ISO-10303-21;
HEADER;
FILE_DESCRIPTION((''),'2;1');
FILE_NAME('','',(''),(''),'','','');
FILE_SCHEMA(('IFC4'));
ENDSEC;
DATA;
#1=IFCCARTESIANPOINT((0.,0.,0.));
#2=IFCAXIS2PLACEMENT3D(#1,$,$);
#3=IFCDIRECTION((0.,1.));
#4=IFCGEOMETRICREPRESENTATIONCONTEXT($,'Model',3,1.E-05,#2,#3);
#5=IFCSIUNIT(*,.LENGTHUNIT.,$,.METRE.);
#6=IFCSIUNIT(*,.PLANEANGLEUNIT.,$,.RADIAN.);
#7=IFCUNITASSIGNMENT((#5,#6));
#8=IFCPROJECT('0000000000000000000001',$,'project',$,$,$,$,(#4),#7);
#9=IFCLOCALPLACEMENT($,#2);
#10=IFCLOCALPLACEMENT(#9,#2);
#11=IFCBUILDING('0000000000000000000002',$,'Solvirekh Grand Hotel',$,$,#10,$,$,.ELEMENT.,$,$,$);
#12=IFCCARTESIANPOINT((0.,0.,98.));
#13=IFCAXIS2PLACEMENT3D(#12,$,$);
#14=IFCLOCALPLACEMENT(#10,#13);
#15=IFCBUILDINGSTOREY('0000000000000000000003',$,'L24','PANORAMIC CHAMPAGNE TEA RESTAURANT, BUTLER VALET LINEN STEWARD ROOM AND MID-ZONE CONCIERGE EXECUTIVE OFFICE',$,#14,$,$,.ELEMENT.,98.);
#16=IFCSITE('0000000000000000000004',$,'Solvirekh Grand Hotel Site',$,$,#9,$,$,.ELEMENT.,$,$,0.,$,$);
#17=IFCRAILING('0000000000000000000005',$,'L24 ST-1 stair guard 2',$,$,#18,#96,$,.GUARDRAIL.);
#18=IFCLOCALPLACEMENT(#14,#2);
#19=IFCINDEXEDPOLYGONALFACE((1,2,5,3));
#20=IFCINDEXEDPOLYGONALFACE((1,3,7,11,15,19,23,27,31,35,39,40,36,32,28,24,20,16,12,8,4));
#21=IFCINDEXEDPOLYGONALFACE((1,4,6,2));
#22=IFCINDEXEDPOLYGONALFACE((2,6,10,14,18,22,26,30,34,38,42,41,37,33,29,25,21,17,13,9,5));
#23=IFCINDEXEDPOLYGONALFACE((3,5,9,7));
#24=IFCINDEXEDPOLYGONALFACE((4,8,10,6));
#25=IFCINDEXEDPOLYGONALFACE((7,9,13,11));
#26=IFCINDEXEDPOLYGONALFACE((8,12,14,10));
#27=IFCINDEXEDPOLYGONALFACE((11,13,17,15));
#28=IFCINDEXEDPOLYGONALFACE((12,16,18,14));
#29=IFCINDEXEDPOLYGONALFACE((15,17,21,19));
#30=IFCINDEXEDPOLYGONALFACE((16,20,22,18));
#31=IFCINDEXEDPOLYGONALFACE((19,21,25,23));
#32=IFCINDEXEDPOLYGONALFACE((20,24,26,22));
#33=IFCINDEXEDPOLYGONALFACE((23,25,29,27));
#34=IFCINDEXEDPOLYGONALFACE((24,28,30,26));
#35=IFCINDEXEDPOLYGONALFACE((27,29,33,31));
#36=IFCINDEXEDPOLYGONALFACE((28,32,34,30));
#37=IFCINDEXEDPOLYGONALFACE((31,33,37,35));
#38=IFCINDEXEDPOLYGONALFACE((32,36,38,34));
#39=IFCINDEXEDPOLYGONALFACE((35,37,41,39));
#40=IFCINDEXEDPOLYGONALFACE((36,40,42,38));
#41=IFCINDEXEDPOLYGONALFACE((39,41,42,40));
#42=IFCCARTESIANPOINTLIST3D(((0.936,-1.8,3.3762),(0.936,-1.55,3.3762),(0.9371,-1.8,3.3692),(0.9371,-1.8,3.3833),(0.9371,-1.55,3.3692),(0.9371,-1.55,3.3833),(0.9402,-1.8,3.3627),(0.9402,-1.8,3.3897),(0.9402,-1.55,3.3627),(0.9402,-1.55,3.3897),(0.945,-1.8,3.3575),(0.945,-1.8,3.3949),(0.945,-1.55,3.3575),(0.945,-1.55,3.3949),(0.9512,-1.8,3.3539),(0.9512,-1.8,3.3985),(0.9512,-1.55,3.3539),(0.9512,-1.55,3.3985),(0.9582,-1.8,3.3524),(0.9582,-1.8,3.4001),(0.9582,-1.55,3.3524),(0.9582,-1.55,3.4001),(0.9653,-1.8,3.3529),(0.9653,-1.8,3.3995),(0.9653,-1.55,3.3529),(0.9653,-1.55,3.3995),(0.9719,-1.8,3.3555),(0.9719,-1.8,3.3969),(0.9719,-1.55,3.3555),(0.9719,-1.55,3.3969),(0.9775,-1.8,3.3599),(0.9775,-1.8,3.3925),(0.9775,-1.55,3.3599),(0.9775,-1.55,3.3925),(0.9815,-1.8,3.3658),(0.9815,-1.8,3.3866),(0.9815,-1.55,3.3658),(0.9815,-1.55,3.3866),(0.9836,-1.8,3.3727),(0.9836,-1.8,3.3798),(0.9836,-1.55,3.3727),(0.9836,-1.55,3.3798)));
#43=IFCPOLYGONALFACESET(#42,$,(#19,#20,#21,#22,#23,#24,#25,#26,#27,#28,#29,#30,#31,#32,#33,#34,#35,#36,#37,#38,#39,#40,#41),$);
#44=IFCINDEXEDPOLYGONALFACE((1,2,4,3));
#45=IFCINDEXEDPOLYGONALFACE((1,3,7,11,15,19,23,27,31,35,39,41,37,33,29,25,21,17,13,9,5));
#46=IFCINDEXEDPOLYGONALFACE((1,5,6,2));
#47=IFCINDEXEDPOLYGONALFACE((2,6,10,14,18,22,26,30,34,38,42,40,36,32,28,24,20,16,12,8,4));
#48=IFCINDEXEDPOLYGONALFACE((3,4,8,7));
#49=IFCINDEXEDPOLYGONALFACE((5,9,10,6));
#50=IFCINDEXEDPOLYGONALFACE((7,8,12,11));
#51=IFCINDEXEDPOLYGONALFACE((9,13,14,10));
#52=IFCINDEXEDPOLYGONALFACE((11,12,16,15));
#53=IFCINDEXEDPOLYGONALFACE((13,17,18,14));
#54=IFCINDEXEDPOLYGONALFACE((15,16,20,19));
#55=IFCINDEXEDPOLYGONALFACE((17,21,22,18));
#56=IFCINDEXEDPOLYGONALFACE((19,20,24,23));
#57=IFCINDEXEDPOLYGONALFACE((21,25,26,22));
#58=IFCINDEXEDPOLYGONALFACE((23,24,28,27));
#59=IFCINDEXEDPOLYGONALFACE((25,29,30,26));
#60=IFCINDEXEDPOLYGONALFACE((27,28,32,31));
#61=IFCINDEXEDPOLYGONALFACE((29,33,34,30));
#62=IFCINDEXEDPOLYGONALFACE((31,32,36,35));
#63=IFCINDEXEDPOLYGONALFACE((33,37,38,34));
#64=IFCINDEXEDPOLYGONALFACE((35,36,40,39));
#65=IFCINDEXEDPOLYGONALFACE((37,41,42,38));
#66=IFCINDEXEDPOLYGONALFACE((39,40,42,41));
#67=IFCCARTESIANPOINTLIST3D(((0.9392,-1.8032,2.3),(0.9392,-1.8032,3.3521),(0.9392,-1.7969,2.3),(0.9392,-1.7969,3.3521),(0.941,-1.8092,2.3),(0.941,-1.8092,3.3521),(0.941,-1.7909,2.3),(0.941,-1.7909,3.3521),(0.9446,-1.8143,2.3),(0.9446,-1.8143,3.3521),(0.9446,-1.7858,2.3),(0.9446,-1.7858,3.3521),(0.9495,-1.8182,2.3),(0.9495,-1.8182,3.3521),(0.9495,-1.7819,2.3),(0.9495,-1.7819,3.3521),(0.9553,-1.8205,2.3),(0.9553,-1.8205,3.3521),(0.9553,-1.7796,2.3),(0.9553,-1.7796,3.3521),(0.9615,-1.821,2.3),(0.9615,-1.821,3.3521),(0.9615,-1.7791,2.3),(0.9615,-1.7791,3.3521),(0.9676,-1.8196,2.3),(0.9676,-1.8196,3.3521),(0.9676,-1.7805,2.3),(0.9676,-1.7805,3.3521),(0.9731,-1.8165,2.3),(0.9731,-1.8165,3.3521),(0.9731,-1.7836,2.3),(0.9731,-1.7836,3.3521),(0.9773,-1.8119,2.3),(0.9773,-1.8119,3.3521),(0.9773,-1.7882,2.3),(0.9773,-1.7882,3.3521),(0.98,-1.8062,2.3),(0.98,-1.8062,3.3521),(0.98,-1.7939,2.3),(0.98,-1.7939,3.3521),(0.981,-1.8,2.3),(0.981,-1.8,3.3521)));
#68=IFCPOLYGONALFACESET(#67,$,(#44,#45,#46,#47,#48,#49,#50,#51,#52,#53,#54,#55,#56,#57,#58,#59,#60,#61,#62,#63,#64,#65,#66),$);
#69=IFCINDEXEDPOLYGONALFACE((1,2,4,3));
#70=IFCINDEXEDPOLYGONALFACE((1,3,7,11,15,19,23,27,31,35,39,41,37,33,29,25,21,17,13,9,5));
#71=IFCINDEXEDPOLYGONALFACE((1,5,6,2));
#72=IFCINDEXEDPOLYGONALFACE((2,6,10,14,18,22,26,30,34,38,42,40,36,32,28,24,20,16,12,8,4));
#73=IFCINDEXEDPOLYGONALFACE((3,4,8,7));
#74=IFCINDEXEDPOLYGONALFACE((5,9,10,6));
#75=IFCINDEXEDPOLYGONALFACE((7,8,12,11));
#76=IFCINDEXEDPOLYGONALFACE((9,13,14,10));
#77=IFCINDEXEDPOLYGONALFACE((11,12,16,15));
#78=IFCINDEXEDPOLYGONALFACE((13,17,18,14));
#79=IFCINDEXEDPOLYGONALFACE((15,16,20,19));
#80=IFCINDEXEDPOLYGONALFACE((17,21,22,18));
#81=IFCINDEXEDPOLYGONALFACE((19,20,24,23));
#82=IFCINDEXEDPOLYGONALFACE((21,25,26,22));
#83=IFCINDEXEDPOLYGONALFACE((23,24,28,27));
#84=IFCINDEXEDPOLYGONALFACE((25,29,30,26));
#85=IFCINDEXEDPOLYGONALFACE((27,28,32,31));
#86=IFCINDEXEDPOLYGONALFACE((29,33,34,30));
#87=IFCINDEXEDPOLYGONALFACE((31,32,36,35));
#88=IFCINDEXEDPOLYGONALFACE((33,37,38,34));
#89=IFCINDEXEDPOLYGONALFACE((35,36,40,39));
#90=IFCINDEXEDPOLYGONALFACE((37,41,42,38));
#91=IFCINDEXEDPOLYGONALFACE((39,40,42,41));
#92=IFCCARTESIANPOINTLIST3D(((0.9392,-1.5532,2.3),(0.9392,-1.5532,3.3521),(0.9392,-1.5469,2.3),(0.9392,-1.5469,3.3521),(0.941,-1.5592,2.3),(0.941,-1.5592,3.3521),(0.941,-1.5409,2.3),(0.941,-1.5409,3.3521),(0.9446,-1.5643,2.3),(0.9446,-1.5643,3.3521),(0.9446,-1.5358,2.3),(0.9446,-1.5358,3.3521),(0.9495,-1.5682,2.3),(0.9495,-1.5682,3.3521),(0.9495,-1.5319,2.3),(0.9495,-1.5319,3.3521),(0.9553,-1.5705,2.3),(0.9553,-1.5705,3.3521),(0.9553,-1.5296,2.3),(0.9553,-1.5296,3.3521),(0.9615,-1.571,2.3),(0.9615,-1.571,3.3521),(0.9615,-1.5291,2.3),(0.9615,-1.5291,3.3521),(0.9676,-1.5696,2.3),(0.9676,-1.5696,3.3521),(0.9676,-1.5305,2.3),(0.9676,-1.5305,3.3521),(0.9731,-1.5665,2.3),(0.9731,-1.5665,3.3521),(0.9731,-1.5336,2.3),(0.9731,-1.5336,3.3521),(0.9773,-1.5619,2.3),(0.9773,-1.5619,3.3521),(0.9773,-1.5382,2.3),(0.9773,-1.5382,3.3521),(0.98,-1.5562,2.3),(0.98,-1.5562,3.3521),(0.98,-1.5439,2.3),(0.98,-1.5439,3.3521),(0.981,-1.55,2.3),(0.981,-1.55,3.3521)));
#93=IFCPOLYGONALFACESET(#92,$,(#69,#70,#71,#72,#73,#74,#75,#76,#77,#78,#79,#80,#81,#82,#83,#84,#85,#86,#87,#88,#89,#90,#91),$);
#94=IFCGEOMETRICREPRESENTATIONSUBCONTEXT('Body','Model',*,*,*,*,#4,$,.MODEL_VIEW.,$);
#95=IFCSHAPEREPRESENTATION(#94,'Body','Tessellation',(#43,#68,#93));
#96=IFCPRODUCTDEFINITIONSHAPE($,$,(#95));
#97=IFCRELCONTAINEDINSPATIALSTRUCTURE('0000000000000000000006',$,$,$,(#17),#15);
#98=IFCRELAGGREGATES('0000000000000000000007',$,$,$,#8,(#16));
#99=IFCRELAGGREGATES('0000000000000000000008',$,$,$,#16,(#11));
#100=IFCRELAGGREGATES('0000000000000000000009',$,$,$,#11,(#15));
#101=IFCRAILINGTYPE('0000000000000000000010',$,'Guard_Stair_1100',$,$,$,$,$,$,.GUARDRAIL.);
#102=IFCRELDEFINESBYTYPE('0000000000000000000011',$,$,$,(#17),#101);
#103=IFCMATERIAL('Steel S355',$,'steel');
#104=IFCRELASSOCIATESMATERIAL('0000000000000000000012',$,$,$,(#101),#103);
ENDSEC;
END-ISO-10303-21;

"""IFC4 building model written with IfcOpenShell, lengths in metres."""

from ifc_helpers import new_model, si_unit, direction, frame, origin, origin_2d, place, context, subcontext, project, spatial, circle, extrude, material, type_object, element, save


model = new_model("IFC4")

# Units and contexts
model_context = context("Model", 3, precision=1e-05, world=origin(), true_north=direction((0.0, 1.0)))
body_context = subcontext(model_context, "Body", "Model", "MODEL_VIEW")
ifc_project = project(units=[si_unit("LENGTHUNIT", "METRE"), si_unit("PLANEANGLEUNIT", "RADIAN")], contexts=[model_context])

# Site, building, storey
site_placement = place(None, origin())
site = spatial("IfcSite", under=ifc_project, at=site_placement, Name="Solvirekh Grand Hotel Site", CompositionType="ELEMENT", RefElevation=0.0)
building_placement = place(site_placement, origin())
building = spatial("IfcBuilding", under=site, at=building_placement, Name="Solvirekh Grand Hotel", CompositionType="ELEMENT")
storey_placement = place(building_placement, frame((0.0, 0.0, 98.0)))
storey = spatial("IfcBuildingStorey", under=building, at=storey_placement, Name="L24", Description="PANORAMIC CHAMPAGNE TEA RESTAURANT, BUTLER VALET LINEN STEWARD ROOM AND MID-ZONE CONCIERGE EXECUTIVE OFFICE", CompositionType="ELEMENT", Elevation=98.0)

# Shared definitions
ifc_material_1 = material(Name="Steel S355", Category="steel")

# Railing
railing_type = type_object("IfcRailingType", Name="Guard_Stair_1100", PredefinedType="GUARDRAIL", material=ifc_material_1)
railing_1_placement = place(storey_placement, frame((0.96, -1.8, 2.3)))
element("IfcRailing", 1, at=railing_1_placement, inside=storey, type_object=railing_type, Name="L24 ST-1 stair guard 2", PredefinedType="GUARDRAIL", context=body_context, shape_type="SweptSolid", body=[
    extrude(circle(Radius=0.0239, at=origin_2d()), frame((0.0, 0.0, 1.0762), z_axis=(0.0, 1.0, 0.0), x_axis=(-1.0, 0.0, 0.0)), (0.0, 0.0, 1.0), 0.25),
    extrude(circle(Radius=0.021, at=origin_2d()), origin(), (0.0, 0.0, 1.0), 1.052),
    extrude(circle(Radius=0.021, at=origin_2d()), frame((0.0, 0.25, 0.0)), (0.0, 0.0, 1.0), 1.052),
])

save(model, "model.ifc")
